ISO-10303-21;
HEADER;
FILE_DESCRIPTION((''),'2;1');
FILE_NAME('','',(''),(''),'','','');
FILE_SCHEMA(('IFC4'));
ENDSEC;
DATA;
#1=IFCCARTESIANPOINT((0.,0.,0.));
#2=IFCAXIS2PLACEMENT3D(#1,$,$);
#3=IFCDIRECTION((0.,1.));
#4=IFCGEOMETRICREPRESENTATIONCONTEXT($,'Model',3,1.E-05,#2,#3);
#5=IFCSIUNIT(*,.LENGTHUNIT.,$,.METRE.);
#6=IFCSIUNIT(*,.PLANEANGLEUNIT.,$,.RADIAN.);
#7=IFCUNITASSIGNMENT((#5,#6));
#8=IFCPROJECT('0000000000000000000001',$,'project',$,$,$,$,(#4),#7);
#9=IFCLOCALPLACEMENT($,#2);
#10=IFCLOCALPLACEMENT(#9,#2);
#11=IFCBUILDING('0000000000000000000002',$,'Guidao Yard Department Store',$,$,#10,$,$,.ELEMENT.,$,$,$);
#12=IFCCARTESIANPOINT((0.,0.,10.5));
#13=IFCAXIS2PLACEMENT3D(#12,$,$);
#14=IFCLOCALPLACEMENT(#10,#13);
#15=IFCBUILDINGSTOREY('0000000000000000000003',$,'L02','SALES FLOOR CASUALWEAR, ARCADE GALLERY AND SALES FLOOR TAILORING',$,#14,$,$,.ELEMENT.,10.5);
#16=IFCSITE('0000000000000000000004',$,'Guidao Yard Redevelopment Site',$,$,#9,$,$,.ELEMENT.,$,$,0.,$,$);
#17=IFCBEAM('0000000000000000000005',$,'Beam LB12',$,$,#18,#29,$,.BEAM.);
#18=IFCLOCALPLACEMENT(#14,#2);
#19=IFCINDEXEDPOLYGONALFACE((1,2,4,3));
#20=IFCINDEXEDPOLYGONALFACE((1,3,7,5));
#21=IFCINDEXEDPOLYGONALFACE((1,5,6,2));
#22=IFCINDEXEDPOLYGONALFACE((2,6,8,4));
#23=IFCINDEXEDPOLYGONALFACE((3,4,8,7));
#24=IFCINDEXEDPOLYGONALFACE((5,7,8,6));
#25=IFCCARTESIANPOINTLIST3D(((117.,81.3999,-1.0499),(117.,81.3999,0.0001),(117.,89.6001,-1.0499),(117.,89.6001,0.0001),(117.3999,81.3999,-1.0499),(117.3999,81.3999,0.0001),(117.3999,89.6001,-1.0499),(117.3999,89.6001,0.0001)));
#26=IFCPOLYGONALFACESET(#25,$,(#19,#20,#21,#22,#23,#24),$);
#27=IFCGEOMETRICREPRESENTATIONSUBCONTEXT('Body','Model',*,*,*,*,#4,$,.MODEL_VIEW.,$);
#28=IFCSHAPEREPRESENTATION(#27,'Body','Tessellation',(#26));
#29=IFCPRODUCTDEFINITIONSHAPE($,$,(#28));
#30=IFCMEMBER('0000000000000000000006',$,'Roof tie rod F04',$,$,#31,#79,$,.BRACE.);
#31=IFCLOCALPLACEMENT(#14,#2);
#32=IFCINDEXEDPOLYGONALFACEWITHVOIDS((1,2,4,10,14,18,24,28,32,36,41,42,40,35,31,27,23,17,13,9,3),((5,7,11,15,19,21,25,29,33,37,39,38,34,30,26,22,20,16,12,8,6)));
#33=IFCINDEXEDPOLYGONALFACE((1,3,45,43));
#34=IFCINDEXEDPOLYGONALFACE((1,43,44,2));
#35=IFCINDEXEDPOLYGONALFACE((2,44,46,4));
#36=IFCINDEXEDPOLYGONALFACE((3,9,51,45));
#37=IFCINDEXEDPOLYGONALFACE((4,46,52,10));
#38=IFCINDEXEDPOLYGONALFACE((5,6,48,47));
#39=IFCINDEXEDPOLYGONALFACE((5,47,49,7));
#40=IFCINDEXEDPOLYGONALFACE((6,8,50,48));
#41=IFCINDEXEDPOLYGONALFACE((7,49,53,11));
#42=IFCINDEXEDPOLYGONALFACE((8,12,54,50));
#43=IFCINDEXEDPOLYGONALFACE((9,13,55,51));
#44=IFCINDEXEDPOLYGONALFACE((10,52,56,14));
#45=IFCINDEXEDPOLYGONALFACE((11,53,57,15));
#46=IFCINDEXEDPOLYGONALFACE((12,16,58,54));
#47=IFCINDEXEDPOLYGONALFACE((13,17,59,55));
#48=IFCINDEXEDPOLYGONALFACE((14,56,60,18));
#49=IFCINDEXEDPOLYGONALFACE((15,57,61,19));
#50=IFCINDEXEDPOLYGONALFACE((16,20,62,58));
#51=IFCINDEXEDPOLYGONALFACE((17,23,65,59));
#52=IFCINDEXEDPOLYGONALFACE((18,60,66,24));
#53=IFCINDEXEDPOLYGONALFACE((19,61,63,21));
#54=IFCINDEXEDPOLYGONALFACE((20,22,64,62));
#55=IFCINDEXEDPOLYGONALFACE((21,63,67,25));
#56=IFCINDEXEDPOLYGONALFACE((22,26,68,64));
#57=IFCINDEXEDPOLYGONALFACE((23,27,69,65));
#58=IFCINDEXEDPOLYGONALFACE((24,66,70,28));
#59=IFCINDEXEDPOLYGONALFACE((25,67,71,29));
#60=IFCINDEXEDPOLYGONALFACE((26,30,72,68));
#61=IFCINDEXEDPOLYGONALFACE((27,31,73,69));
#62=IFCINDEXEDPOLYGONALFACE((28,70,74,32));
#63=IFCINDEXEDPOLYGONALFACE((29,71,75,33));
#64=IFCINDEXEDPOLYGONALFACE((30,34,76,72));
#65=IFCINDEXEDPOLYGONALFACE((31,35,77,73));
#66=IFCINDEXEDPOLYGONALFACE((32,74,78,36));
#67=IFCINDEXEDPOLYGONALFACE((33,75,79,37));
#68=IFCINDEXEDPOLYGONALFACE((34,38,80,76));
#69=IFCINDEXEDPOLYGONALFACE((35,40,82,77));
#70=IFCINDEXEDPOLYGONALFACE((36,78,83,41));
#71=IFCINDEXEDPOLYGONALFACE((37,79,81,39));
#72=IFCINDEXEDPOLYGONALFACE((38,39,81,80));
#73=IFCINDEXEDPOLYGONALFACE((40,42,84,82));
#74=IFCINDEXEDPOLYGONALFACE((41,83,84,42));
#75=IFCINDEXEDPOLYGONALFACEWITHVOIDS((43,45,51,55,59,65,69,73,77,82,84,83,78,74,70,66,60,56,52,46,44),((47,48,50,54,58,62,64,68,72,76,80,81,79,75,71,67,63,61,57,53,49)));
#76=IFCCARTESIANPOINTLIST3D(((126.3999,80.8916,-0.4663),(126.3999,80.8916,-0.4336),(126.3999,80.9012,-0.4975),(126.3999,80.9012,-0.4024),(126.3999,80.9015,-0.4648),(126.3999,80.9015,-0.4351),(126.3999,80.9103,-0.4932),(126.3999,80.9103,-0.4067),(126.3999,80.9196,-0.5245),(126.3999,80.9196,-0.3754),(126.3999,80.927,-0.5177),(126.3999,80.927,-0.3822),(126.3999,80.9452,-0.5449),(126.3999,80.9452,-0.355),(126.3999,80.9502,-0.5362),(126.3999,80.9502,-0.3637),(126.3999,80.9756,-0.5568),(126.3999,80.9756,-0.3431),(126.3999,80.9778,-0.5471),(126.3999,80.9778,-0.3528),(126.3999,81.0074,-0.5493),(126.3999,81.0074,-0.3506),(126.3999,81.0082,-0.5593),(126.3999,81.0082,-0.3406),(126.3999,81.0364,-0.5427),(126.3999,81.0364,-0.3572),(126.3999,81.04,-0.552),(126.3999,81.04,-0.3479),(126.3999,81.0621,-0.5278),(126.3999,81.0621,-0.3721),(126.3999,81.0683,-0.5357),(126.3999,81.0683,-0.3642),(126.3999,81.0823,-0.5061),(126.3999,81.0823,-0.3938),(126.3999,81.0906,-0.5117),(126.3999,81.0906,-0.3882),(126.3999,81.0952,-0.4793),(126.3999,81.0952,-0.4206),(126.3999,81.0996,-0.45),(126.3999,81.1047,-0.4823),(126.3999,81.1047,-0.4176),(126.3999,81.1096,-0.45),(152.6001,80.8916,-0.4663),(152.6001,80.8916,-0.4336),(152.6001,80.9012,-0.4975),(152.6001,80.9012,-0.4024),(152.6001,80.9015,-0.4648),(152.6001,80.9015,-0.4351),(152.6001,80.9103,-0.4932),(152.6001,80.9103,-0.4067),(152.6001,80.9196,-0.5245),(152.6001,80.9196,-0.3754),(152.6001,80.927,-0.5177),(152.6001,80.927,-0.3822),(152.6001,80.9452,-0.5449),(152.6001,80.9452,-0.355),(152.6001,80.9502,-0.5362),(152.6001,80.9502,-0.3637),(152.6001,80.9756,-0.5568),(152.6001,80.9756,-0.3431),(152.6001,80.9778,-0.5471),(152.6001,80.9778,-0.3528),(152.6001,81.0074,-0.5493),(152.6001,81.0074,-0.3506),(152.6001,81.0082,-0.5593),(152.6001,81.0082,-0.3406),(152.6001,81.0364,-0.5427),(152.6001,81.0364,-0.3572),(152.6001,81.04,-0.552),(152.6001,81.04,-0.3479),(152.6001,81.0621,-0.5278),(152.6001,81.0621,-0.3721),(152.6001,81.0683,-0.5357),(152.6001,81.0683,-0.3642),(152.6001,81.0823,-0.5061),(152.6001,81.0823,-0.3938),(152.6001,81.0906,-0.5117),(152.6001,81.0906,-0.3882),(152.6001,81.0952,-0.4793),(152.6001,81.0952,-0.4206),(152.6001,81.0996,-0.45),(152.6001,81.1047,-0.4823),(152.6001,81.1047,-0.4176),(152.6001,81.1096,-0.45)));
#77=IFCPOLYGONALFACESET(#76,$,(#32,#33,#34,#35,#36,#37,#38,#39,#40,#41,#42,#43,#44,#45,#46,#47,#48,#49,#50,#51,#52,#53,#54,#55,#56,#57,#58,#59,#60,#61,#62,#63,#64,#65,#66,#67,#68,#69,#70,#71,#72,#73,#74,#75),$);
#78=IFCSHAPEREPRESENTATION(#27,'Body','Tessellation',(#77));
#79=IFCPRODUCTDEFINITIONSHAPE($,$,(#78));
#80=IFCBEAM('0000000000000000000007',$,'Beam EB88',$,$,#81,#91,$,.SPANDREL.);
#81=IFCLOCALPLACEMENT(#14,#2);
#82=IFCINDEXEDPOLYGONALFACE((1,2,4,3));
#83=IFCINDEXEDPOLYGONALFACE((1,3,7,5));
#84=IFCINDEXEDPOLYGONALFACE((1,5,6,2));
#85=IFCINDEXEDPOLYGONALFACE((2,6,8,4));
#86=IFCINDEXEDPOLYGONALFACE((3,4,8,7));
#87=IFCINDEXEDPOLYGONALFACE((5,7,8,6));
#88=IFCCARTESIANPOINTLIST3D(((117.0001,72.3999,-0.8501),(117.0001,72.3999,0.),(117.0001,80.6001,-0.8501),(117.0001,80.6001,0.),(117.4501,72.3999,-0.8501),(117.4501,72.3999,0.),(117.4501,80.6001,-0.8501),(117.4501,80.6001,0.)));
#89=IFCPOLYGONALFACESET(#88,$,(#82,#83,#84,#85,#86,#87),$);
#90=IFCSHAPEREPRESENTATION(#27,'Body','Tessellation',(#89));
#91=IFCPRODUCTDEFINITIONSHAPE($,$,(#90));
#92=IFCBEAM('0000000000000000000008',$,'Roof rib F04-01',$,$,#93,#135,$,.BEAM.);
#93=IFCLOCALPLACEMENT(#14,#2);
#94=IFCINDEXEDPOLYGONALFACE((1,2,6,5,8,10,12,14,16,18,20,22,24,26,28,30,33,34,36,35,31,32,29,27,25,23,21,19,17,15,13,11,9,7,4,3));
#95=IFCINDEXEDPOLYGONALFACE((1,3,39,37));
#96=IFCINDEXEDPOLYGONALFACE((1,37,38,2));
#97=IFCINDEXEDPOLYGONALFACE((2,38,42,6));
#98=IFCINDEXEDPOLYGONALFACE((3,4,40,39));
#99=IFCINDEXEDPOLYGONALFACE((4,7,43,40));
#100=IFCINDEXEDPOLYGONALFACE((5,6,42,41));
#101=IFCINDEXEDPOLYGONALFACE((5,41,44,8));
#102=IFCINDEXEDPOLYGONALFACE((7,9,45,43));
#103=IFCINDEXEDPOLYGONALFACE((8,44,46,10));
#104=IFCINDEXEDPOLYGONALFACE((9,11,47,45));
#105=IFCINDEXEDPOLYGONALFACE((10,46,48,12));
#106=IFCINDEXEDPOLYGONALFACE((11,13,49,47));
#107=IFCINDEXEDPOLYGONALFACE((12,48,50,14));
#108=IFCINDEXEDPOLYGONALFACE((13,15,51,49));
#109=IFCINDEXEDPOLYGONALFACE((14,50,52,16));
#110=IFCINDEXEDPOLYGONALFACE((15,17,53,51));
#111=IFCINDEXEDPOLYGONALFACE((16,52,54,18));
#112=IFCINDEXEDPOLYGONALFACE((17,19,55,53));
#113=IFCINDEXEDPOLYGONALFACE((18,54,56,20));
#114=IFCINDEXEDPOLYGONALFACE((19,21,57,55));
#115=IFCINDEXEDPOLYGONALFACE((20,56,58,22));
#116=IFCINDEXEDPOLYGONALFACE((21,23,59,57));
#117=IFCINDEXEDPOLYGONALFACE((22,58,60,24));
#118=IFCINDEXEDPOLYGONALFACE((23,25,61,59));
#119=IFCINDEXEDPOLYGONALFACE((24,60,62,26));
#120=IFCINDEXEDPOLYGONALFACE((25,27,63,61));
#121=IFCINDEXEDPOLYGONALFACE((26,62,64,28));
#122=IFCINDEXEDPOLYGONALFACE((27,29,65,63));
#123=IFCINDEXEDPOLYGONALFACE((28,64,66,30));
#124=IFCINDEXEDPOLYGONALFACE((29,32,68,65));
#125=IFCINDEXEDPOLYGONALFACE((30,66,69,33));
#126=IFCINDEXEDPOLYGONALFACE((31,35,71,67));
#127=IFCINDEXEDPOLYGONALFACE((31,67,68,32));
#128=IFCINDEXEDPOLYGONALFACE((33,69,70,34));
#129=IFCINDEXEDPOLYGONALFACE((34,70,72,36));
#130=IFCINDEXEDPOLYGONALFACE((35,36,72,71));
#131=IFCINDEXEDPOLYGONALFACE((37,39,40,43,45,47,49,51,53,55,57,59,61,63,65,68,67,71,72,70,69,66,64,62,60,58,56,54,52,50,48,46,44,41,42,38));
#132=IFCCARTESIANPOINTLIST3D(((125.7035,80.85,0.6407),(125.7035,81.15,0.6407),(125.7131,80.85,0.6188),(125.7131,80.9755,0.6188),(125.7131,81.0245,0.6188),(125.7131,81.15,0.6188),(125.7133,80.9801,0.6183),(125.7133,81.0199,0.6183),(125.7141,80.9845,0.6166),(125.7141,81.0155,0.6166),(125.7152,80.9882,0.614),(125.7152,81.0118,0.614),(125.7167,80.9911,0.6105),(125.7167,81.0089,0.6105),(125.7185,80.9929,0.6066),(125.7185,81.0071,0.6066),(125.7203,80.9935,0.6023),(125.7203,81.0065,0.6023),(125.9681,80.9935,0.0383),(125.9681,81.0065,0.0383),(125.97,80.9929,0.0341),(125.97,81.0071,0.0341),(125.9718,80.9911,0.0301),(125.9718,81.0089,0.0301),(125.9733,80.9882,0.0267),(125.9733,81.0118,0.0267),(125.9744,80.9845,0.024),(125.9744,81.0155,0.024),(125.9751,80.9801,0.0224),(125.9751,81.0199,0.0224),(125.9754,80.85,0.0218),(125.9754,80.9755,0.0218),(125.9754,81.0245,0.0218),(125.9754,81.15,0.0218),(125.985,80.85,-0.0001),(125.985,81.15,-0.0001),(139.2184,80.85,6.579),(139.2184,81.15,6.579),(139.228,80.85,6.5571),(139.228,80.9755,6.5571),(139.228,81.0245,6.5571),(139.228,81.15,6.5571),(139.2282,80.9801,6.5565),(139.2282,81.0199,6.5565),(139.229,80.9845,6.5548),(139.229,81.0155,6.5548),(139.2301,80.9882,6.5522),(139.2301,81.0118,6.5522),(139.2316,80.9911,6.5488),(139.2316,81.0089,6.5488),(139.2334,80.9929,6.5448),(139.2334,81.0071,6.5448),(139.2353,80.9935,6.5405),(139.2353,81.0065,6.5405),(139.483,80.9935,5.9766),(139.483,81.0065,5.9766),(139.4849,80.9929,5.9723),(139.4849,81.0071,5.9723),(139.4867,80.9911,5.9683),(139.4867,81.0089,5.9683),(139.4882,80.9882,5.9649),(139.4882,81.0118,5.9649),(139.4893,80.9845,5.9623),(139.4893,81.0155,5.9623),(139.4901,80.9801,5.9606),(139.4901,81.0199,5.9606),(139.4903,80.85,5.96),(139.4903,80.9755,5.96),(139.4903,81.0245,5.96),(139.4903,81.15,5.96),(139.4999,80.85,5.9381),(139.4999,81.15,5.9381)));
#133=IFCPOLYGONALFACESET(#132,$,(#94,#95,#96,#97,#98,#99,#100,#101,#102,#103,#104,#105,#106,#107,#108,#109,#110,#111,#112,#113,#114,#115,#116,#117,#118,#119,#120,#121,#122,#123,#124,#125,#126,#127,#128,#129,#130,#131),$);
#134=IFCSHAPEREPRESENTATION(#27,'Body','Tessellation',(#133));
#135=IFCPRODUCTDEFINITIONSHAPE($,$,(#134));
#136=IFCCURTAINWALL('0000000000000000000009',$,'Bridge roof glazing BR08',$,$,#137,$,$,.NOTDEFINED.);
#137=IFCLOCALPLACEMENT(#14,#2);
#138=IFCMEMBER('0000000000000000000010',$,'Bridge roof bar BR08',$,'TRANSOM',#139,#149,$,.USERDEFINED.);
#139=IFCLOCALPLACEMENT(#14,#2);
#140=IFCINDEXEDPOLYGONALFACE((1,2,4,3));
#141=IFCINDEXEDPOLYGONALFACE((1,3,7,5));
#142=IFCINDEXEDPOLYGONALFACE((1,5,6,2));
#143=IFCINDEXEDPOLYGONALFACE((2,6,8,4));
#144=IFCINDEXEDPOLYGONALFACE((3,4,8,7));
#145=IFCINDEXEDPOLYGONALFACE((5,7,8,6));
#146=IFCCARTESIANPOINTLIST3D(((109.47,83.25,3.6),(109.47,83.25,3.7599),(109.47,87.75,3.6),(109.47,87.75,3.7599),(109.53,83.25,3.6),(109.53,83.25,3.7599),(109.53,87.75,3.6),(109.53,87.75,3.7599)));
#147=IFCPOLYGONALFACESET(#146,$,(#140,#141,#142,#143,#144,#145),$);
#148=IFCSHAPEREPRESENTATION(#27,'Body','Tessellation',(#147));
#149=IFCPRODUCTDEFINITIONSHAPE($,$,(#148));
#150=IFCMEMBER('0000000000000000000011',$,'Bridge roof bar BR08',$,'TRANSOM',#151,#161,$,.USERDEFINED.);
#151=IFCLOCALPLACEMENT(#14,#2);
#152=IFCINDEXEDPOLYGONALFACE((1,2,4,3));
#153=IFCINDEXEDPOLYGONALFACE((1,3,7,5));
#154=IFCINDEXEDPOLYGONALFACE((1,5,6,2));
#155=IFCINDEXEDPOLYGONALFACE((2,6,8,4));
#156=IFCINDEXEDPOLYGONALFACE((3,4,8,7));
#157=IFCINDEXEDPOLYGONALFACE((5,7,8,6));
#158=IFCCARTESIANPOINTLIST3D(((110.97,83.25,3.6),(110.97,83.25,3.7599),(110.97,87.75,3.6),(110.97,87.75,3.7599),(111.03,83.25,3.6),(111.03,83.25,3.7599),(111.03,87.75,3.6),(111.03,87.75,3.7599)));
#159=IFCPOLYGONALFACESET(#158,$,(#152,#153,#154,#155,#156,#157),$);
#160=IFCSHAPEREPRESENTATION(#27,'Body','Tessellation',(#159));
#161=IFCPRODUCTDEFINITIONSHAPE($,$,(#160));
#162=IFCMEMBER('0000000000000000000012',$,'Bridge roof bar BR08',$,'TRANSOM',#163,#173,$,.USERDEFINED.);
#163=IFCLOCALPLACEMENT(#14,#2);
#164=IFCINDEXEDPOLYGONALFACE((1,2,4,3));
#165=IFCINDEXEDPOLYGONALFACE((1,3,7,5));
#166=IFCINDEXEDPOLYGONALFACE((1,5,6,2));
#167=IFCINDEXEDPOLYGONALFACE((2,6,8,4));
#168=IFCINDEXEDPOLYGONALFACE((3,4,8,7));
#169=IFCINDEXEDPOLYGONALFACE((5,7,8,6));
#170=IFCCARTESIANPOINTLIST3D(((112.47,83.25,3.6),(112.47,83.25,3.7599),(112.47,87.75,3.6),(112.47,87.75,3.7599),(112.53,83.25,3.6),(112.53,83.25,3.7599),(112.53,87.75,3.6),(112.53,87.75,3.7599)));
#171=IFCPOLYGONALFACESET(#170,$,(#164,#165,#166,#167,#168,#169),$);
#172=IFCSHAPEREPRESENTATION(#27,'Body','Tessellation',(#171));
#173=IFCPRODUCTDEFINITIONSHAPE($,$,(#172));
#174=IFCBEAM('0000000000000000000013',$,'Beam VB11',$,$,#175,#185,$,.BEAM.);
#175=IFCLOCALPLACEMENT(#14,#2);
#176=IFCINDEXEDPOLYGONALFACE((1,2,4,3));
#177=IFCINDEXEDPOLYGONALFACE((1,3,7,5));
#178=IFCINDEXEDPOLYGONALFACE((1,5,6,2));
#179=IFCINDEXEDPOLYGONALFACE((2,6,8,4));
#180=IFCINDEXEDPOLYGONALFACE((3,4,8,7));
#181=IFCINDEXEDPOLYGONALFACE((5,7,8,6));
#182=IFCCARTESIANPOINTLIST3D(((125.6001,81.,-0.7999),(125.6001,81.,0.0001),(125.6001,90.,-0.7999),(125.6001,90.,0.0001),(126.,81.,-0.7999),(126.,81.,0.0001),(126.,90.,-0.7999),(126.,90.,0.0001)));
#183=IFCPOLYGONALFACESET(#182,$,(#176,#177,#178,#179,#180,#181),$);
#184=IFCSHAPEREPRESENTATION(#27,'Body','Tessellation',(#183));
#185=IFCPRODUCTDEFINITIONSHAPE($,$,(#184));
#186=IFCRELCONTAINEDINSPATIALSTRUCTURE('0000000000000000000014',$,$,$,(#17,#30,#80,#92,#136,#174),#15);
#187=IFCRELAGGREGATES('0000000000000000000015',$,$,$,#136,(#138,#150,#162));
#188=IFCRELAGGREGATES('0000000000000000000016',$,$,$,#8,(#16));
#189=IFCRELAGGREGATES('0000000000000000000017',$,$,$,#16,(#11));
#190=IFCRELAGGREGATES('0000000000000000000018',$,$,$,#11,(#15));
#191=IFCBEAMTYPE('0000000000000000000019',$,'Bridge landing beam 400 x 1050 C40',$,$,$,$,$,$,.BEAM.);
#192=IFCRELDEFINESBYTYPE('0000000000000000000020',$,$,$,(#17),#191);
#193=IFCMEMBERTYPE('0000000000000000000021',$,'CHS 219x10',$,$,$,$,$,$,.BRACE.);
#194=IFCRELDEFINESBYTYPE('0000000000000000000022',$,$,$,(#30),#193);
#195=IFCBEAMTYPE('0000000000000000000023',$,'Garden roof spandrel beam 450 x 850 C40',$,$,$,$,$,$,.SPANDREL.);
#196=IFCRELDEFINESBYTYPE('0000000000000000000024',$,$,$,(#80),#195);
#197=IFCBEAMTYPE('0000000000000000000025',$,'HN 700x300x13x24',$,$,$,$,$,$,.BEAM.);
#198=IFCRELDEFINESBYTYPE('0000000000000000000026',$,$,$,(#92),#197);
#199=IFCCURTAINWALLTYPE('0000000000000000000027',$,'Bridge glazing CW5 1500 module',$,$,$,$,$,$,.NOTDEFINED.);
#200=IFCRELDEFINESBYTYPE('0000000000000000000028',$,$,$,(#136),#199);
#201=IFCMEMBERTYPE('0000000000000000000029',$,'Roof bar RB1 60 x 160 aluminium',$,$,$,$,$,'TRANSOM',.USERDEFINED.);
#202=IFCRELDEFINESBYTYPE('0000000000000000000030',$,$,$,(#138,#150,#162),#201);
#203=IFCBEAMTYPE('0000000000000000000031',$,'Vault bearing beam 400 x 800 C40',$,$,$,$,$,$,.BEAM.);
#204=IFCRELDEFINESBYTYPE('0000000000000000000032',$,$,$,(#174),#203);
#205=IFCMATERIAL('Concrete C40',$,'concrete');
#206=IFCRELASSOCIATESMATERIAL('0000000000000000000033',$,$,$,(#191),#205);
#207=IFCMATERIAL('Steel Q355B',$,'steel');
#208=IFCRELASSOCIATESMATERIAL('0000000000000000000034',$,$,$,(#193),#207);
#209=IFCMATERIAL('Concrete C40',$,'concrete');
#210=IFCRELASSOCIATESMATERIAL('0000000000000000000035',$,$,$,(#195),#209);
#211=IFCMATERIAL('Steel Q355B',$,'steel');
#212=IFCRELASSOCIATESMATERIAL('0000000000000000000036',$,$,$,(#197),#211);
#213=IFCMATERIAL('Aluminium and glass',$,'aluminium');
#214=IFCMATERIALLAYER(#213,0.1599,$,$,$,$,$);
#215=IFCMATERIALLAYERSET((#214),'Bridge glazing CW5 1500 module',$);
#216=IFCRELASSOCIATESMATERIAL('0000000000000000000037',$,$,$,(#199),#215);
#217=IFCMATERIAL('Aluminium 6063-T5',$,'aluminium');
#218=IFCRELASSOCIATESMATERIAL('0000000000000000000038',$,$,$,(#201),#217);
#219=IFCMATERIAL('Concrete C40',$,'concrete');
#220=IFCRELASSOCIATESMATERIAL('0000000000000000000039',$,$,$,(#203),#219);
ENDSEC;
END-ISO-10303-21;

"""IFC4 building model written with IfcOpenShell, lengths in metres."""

from ifc_helpers import new_model, si_unit, direction, frame, origin, origin_2d, place, context, subcontext, project, spatial, rectangle, hollow_circle, i_section, extrude, material, layer, layer_set, material_profile, profile_set, type_object, element, aggregate, save


model = new_model("IFC4")

# Units and contexts
model_context = context("Model", 3, precision=1e-05, world=origin(), true_north=direction((0.0, 1.0)))
body_context = subcontext(model_context, "Body", "Model", "MODEL_VIEW")
ifc_project = project(units=[si_unit("LENGTHUNIT", "METRE"), si_unit("PLANEANGLEUNIT", "RADIAN")], contexts=[model_context])

# Site, building, storey
site_placement = place(None, origin())
site = spatial("IfcSite", under=ifc_project, at=site_placement, Name="Guidao Yard Redevelopment Site", CompositionType="ELEMENT", RefElevation=0.0)
building_placement = place(site_placement, origin())
building = spatial("IfcBuilding", under=site, at=building_placement, Name="Guidao Yard Department Store", CompositionType="ELEMENT")
storey_placement = place(building_placement, frame((0.0, 0.0, 10.5)))
storey = spatial("IfcBuildingStorey", under=building, at=storey_placement, Name="L02", Description="SALES FLOOR CASUALWEAR, ARCADE GALLERY AND SALES FLOOR TAILORING", CompositionType="ELEMENT", Elevation=10.5)

# Beam
ifc_material_1 = material(Name="Concrete C40", Category="concrete")
ifc_material_profile_1 = material_profile(ifc_material_1, rectangle(XDim=0.3999, YDim=1.05, at=origin_2d()), Name="Bridge landing beam 400 x 1050 C40")
ifc_profile_set_1 = profile_set([ifc_material_profile_1], Name="Concrete C40")
beam_type_1 = type_object("IfcBeamType", Name="Bridge landing beam 400 x 1050 C40", PredefinedType="BEAM", material=ifc_profile_set_1)
beam_1_placement = place(storey_placement, frame((117.2, 81.3999, -0.5249), z_axis=(0.0, 1.0, 0.0), x_axis=(-1.0, 0.0, 0.0)))
element("IfcBeam", 1, at=beam_1_placement, inside=storey, type_object=beam_type_1, Name="Beam LB12", PredefinedType="BEAM", context=body_context, shape_type="SweptSolid", body=[
    extrude(rectangle(XDim=0.3999, YDim=1.05, at=origin_2d()), origin(), (0.0, 0.0, 1.0), 8.2002),
])

# Member
ifc_material_2 = material(Name="Steel Q355B", Category="steel")
ifc_material_profile_2 = material_profile(ifc_material_2, hollow_circle(Radius=0.1096, WallThickness=0.01, at=origin_2d()), Name="CHS 219x10")
ifc_profile_set_2 = profile_set([ifc_material_profile_2], Name="Steel Q355B")
member_type_1 = type_object("IfcMemberType", Name="CHS 219x10", PredefinedType="BRACE", material=ifc_profile_set_2)
member_1_placement = place(storey_placement, frame((126.3999, 81.0, -0.45), z_axis=(1.0, 0.0, 0.0), x_axis=(0.0, 1.0, 0.0)))
element("IfcMember", 2, at=member_1_placement, inside=storey, type_object=member_type_1, Name="Roof tie rod F04", PredefinedType="BRACE", context=body_context, shape_type="SweptSolid", body=[
    extrude(hollow_circle(Radius=0.1096, WallThickness=0.01, at=origin_2d()), origin(), (0.0, 0.0, 1.0), 26.2002),
])

# Beams
ifc_material_3 = material(Name="Concrete C40", Category="concrete")
ifc_material_profile_3 = material_profile(ifc_material_3, rectangle(XDim=0.45, YDim=0.8501, at=origin_2d()), Name="Garden roof spandrel beam 450 x 850 C40")
ifc_profile_set_3 = profile_set([ifc_material_profile_3], Name="Concrete C40")
beam_type_2 = type_object("IfcBeamType", Name="Garden roof spandrel beam 450 x 850 C40", PredefinedType="SPANDREL", material=ifc_profile_set_3)
beam_2_placement = place(storey_placement, frame((117.2251, 72.3999, -0.425), z_axis=(0.0, 1.0, 0.0), x_axis=(-1.0, 0.0, 0.0)))
element("IfcBeam", 3, at=beam_2_placement, inside=storey, type_object=beam_type_2, Name="Beam EB88", PredefinedType="SPANDREL", context=body_context, shape_type="SweptSolid", body=[
    extrude(rectangle(XDim=0.45, YDim=0.8501, at=origin_2d()), origin(), (0.0, 0.0, 1.0), 8.2002),
])
ifc_material_4 = material(Name="Steel Q355B", Category="steel")
ifc_material_profile_4 = material_profile(ifc_material_4, i_section(OverallWidth=0.3, OverallDepth=0.7, WebThickness=0.0129, FlangeThickness=0.0239, FilletRadius=0.0181, at=origin_2d()), Name="HN 700x300x13x24")
ifc_profile_set_4 = profile_set([ifc_material_profile_4], Name="Steel Q355B")
beam_type_3 = type_object("IfcBeamType", Name="HN 700x300x13x24", PredefinedType="BEAM", material=ifc_profile_set_4)
beam_3_placement = place(storey_placement, frame((125.8442, 81.0, 0.3203), z_axis=(0.915523, 0.0, 0.402266), x_axis=(0.0, 1.0, 0.0)))
element("IfcBeam", 4, at=beam_3_placement, inside=storey, type_object=beam_type_3, Name="Roof rib F04-01", PredefinedType="BEAM", context=body_context, shape_type="SweptSolid", body=[
    extrude(i_section(OverallWidth=0.3, OverallDepth=0.7, WebThickness=0.0129, FlangeThickness=0.0239, FilletRadius=0.0181, at=origin_2d()), origin(), (0.0, 0.0, 1.0), 14.762),
])

# Curtain wall, members
ifc_material_5 = material(Name="Aluminium and glass", Category="aluminium")
ifc_layer_1 = layer(ifc_material_5, 0.1599)
ifc_layer_set_1 = layer_set([ifc_layer_1], Name="Bridge glazing CW5 1500 module")
curtain_wall_type = type_object("IfcCurtainWallType", Name="Bridge glazing CW5 1500 module", PredefinedType="NOTDEFINED", material=ifc_layer_set_1)
curtain_wall_placement = place(storey_placement, origin())
curtain_wall = element("IfcCurtainWall", 5, at=curtain_wall_placement, inside=storey, type_object=curtain_wall_type, Name="Bridge roof glazing BR08", PredefinedType="NOTDEFINED")
ifc_material_6 = material(Name="Aluminium 6063-T5", Category="aluminium")
ifc_material_profile_5 = material_profile(ifc_material_6, rectangle(XDim=0.0601, YDim=0.1599, at=origin_2d()), Name="Roof bar RB1 60 x 160 aluminium")
ifc_profile_set_5 = profile_set([ifc_material_profile_5], Name="Aluminium 6063-T5")
member_type_2 = type_object("IfcMemberType", Name="Roof bar RB1 60 x 160 aluminium", ElementType="TRANSOM", PredefinedType="USERDEFINED", material=ifc_profile_set_5)
member_2_placement = place(storey_placement, frame((109.5, 83.25, 3.6799), z_axis=(0.0, 1.0, 0.0), x_axis=(-1.0, 0.0, 0.0)))
member_2 = element("IfcMember", 6, at=member_2_placement, type_object=member_type_2, Name="Bridge roof bar BR08", ObjectType="TRANSOM", PredefinedType="USERDEFINED", context=body_context, shape_type="SweptSolid", body=[
    extrude(rectangle(XDim=0.0601, YDim=0.1599, at=origin_2d()), origin(), (0.0, 0.0, 1.0), 4.5),
])
member_3_placement = place(storey_placement, frame((111.0, 83.25, 3.6799), z_axis=(0.0, 1.0, 0.0), x_axis=(-1.0, 0.0, 0.0)))
member_3 = element("IfcMember", 7, at=member_3_placement, type_object=member_type_2, Name="Bridge roof bar BR08", ObjectType="TRANSOM", PredefinedType="USERDEFINED", context=body_context, shape_type="SweptSolid", body=[
    extrude(rectangle(XDim=0.0601, YDim=0.1599, at=origin_2d()), origin(), (0.0, 0.0, 1.0), 4.5),
])
member_4_placement = place(storey_placement, frame((112.5, 83.25, 3.6799), z_axis=(0.0, 1.0, 0.0), x_axis=(-1.0, 0.0, 0.0)))
member_4 = element("IfcMember", 8, at=member_4_placement, type_object=member_type_2, Name="Bridge roof bar BR08", ObjectType="TRANSOM", PredefinedType="USERDEFINED", context=body_context, shape_type="SweptSolid", body=[
    extrude(rectangle(XDim=0.0601, YDim=0.1599, at=origin_2d()), origin(), (0.0, 0.0, 1.0), 4.5),
])
aggregate(curtain_wall, [member_2, member_3, member_4])

# Beam
ifc_material_7 = material(Name="Concrete C40", Category="concrete")
ifc_material_profile_6 = material_profile(ifc_material_7, rectangle(XDim=0.3999, YDim=0.8, at=origin_2d()), Name="Vault bearing beam 400 x 800 C40")
ifc_profile_set_6 = profile_set([ifc_material_profile_6], Name="Concrete C40")
beam_type_4 = type_object("IfcBeamType", Name="Vault bearing beam 400 x 800 C40", PredefinedType="BEAM", material=ifc_profile_set_6)
beam_4_placement = place(storey_placement, frame((125.8, 81.0, -0.3999), z_axis=(0.0, 1.0, 0.0), x_axis=(-1.0, 0.0, 0.0)))
element("IfcBeam", 9, at=beam_4_placement, inside=storey, type_object=beam_type_4, Name="Beam VB11", PredefinedType="BEAM", context=body_context, shape_type="SweptSolid", body=[
    extrude(rectangle(XDim=0.3999, YDim=0.8, at=origin_2d()), origin(), (0.0, 0.0, 1.0), 9.0),
])

save(model, "model.ifc")
